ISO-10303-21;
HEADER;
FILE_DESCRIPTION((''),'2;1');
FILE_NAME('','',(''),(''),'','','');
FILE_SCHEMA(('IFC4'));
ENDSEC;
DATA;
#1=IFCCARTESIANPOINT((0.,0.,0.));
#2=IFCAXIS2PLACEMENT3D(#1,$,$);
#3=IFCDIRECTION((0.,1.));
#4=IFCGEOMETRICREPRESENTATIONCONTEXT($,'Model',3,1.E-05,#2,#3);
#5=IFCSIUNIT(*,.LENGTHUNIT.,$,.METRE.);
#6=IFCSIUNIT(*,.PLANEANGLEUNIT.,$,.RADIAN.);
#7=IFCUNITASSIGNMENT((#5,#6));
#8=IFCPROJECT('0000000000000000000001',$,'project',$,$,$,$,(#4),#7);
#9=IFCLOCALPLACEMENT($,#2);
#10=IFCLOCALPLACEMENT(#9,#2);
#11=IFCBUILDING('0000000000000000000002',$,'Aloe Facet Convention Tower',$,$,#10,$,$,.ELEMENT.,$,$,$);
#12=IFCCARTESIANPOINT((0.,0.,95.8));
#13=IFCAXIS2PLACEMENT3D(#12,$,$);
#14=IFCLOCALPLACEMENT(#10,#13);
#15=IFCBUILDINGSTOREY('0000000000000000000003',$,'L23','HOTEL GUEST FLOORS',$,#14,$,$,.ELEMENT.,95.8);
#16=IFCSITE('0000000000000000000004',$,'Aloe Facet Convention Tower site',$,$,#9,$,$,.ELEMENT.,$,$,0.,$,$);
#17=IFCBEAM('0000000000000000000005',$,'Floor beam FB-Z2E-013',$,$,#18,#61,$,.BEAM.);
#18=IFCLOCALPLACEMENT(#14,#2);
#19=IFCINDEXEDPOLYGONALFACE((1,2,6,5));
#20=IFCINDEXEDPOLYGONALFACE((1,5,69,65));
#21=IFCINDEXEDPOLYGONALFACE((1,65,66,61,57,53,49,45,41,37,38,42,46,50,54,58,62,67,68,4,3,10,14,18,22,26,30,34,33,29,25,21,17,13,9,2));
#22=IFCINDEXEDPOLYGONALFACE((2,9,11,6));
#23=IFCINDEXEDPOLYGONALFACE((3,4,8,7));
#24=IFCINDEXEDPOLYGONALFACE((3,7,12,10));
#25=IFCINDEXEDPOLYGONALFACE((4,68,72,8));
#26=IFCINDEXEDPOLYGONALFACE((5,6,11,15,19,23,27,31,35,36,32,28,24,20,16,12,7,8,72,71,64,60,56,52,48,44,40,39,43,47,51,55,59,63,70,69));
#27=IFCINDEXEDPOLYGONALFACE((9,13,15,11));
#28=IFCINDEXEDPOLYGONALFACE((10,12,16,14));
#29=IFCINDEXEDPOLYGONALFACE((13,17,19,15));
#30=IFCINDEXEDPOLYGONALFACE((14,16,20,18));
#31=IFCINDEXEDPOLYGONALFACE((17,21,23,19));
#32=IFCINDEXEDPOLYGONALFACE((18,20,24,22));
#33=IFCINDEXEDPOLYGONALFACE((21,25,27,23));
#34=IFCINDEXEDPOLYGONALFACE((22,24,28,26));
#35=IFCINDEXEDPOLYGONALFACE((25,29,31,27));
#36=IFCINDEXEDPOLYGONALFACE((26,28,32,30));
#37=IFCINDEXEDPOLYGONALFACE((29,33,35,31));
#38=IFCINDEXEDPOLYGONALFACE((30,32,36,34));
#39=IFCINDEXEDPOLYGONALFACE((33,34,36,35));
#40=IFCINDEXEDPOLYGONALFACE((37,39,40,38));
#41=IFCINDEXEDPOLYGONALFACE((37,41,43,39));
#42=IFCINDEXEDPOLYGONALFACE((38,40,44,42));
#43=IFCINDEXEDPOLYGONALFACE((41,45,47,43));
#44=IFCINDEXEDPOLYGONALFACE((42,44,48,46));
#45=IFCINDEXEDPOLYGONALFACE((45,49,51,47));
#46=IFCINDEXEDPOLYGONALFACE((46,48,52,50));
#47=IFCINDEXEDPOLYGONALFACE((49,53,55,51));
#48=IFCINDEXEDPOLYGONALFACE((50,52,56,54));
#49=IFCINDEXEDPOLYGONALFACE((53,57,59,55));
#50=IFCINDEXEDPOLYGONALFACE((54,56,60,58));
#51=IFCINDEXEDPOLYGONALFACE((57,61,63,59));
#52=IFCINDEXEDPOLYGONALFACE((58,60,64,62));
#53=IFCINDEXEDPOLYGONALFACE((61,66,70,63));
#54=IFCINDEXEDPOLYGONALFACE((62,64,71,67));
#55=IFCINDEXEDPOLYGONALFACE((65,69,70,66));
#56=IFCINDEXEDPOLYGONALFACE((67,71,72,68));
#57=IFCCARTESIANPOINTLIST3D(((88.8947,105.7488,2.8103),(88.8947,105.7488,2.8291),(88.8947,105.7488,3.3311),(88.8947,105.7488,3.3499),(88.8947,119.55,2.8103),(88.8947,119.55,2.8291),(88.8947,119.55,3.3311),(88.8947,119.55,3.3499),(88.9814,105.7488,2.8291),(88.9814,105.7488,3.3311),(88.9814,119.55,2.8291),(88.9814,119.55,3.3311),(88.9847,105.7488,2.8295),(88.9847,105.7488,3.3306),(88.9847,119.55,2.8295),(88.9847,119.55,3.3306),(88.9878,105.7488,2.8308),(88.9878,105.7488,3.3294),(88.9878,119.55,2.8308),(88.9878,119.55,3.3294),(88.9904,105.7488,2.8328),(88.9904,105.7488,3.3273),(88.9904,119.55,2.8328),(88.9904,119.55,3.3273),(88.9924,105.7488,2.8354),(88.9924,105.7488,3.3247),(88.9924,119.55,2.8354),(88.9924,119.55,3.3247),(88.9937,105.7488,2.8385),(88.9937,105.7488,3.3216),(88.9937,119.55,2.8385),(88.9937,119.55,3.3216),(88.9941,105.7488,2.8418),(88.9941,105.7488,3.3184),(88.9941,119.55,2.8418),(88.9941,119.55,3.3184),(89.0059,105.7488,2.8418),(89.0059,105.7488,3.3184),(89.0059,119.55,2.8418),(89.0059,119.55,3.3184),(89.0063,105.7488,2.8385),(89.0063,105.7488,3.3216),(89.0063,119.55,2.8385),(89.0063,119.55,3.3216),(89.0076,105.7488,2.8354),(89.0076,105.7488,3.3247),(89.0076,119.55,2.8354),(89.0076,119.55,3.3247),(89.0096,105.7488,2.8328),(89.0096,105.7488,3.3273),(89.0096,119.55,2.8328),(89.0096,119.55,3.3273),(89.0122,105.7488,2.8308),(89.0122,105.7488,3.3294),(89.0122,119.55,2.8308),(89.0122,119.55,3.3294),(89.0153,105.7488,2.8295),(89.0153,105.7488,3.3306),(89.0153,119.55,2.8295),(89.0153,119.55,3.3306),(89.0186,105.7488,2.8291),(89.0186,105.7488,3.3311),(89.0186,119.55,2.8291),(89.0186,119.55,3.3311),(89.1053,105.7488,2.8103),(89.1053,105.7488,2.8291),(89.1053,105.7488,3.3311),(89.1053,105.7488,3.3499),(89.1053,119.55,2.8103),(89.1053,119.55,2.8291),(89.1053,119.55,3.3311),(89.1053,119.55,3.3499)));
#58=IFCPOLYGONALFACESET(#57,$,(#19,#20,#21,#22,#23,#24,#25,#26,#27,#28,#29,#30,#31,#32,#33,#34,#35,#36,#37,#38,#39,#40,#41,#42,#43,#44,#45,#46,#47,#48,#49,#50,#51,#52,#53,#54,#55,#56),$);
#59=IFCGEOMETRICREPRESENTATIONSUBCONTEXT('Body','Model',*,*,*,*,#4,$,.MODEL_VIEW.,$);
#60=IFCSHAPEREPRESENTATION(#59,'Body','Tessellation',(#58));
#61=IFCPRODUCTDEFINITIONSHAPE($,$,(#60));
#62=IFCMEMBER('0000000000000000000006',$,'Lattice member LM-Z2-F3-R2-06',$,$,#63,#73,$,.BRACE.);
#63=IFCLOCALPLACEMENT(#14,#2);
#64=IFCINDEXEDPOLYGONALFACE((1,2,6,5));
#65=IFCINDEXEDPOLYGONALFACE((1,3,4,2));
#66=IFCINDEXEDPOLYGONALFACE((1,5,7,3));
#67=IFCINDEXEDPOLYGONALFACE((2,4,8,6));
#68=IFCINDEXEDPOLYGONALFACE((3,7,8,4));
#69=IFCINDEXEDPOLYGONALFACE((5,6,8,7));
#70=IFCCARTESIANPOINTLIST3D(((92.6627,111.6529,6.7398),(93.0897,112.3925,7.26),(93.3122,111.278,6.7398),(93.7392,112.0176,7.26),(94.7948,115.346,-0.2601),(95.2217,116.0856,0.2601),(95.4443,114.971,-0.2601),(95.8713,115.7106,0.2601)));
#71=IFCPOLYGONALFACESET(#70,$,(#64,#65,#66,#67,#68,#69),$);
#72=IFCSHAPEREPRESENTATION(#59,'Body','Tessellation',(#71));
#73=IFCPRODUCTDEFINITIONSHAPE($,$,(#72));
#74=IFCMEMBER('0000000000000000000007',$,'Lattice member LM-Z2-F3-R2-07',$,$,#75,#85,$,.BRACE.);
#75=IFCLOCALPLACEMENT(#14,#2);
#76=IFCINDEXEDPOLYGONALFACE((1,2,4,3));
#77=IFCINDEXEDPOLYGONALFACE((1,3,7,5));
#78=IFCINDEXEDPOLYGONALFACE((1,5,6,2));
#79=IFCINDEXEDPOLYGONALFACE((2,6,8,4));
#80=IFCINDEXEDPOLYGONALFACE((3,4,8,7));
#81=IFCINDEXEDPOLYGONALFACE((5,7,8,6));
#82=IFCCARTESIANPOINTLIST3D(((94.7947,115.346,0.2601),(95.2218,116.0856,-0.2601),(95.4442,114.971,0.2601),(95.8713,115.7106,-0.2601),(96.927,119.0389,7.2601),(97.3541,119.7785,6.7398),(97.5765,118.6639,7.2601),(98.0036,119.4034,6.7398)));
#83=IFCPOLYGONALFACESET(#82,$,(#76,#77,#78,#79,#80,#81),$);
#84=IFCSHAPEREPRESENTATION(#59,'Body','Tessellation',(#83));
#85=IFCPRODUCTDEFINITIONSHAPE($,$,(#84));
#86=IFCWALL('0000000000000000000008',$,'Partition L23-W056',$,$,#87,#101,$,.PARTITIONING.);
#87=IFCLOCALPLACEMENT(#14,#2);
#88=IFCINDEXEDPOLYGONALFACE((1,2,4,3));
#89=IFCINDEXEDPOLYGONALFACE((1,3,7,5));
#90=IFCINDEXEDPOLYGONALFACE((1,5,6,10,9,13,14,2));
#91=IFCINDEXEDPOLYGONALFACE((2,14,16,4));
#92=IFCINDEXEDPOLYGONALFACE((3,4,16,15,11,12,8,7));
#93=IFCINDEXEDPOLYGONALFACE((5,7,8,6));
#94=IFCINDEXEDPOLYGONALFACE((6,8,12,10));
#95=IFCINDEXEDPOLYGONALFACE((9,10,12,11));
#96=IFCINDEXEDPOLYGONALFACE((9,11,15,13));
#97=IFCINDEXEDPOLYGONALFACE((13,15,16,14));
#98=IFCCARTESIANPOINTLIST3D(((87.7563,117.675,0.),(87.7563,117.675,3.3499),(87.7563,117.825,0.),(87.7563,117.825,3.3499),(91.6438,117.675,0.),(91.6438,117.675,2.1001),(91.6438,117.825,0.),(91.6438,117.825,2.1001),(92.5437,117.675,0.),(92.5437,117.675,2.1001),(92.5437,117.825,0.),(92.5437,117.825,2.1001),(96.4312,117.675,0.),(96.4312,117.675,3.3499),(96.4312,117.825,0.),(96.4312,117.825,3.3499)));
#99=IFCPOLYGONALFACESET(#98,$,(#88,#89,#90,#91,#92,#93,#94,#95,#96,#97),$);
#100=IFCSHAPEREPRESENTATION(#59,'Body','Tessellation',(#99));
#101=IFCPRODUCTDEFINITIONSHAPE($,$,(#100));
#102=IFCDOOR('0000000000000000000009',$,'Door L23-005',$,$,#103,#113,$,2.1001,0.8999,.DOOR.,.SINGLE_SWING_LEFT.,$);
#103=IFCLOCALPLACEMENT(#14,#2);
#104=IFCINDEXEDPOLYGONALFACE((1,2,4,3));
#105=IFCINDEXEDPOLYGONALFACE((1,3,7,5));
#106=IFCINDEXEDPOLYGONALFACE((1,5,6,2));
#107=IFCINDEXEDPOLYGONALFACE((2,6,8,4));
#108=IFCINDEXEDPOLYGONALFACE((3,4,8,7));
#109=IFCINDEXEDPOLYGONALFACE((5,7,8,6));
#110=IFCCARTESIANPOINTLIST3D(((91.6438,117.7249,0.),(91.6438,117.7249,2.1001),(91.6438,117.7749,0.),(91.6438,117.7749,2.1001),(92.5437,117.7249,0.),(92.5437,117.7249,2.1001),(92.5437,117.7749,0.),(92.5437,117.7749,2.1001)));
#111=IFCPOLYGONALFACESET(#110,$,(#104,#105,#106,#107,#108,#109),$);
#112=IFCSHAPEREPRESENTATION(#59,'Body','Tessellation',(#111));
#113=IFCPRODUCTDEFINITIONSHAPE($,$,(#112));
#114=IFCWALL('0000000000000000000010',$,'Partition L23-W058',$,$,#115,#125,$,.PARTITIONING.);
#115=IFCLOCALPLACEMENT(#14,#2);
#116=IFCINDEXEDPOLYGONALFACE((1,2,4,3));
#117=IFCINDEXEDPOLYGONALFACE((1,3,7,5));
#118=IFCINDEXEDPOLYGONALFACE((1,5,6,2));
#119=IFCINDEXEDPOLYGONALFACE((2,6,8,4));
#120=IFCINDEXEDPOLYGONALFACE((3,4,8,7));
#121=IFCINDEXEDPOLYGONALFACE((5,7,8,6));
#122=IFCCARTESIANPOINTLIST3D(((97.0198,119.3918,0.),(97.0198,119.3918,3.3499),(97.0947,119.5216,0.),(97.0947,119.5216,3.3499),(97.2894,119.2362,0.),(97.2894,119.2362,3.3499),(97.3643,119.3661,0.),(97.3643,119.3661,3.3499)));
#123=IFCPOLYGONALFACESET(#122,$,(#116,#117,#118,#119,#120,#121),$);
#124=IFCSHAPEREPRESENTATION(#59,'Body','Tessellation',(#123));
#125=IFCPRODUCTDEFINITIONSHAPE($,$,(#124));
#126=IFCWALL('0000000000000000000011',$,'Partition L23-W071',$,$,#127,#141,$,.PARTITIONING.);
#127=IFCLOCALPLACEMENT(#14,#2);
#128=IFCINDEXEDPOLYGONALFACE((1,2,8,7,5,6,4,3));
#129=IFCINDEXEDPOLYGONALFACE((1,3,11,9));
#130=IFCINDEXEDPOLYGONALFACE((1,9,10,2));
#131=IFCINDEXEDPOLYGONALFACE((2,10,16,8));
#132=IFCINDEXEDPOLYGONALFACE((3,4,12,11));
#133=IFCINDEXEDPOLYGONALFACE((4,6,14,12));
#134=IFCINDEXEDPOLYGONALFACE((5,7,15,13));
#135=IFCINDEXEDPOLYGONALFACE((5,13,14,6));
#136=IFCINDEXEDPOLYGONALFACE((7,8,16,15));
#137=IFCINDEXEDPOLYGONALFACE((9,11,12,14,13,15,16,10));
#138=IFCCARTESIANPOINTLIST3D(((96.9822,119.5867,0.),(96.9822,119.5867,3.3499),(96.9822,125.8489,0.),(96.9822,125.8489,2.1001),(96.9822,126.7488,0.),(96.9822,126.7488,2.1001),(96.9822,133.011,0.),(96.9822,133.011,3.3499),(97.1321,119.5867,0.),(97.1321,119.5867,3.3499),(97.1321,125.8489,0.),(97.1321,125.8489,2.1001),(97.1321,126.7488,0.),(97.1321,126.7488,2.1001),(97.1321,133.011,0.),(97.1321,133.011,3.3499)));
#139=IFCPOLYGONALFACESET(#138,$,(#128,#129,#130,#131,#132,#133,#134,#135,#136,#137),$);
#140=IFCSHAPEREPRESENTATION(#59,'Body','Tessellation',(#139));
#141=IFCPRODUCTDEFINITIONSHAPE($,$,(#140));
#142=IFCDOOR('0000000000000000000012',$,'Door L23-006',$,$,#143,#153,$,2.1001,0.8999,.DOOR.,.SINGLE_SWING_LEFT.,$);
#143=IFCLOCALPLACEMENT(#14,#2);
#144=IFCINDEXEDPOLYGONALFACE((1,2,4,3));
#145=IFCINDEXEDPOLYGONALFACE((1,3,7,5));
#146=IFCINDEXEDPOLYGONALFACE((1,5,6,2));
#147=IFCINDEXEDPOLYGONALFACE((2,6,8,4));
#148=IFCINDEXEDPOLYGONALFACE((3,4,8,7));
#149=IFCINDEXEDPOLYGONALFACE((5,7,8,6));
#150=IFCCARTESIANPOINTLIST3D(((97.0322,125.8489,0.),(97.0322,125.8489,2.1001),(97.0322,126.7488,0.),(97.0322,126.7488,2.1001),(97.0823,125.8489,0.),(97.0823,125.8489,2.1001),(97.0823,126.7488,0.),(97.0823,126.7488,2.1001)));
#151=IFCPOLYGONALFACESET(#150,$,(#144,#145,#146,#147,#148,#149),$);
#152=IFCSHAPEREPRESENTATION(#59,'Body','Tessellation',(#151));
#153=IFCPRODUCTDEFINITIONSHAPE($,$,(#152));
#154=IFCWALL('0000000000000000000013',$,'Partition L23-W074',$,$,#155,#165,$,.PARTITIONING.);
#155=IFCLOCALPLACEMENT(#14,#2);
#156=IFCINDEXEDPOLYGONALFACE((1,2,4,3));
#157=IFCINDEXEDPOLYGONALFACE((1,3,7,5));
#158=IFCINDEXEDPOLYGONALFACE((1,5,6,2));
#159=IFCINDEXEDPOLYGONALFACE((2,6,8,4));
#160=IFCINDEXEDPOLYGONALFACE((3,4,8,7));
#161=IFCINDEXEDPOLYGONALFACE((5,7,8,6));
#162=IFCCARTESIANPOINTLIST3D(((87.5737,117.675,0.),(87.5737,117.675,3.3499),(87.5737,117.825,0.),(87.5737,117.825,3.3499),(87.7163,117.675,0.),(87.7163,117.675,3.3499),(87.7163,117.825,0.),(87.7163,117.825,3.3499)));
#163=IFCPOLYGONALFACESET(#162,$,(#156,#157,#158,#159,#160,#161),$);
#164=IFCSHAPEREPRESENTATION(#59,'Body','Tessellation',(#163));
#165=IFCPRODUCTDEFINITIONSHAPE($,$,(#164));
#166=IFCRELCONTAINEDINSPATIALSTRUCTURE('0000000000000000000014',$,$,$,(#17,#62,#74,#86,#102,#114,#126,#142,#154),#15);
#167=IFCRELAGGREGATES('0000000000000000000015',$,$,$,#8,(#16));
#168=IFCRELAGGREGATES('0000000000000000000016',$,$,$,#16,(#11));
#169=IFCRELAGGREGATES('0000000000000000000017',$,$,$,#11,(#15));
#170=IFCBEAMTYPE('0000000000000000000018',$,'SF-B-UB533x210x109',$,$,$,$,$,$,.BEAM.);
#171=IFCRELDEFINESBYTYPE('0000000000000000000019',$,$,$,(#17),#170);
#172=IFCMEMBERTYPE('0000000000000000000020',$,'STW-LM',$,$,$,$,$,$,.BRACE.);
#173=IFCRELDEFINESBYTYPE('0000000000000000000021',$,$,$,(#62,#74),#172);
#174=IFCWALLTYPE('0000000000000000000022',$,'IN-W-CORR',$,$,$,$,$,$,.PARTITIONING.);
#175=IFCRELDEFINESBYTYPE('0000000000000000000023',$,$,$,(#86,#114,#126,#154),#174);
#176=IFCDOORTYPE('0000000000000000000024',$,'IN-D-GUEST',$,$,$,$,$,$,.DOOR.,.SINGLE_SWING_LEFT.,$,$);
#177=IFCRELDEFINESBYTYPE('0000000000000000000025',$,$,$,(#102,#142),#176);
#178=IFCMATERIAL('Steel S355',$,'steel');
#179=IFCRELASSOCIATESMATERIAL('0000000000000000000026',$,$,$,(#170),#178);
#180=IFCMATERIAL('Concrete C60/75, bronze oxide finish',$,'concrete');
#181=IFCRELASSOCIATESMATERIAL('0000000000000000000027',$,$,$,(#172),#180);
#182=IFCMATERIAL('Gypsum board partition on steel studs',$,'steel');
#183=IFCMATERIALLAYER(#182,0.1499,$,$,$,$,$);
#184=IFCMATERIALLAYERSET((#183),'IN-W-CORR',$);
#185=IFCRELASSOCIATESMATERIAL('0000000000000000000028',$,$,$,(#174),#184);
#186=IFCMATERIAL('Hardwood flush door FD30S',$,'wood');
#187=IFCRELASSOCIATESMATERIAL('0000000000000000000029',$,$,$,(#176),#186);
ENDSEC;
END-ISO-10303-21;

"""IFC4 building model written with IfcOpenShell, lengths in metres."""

from ifc_helpers import new_model, si_unit, direction, frame, frame_2d, origin, origin_2d, place, context, subcontext, project, spatial, rectangle, i_section, extrude, material, layer, layer_set, material_profile, profile_set, type_object, element, fill, save


model = new_model("IFC4")

# Units and contexts
model_context = context("Model", 3, precision=1e-05, world=origin(), true_north=direction((0.0, 1.0)))
body_context = subcontext(model_context, "Body", "Model", "MODEL_VIEW")
ifc_project = project(units=[si_unit("LENGTHUNIT", "METRE"), si_unit("PLANEANGLEUNIT", "RADIAN")], contexts=[model_context])

# Site, building, storey
site_placement = place(None, origin())
site = spatial("IfcSite", under=ifc_project, at=site_placement, Name="Aloe Facet Convention Tower site", CompositionType="ELEMENT", RefElevation=0.0)
building_placement = place(site_placement, origin())
building = spatial("IfcBuilding", under=site, at=building_placement, Name="Aloe Facet Convention Tower", CompositionType="ELEMENT")
storey_placement = place(building_placement, frame((0.0, 0.0, 95.8)))
storey = spatial("IfcBuildingStorey", under=building, at=storey_placement, Name="L23", Description="HOTEL GUEST FLOORS", CompositionType="ELEMENT", Elevation=95.8)

# Beam
ifc_material_1 = material(Name="Steel S355", Category="steel")
ifc_material_profile_1 = material_profile(ifc_material_1, i_section(OverallWidth=0.2107, OverallDepth=0.5396, WebThickness=0.0117, FlangeThickness=0.0188, FilletRadius=0.0127, at=origin_2d()), Name="UB 533x210x109")
ifc_profile_set_1 = profile_set([ifc_material_profile_1], Name="Steel S355")
beam_type_1 = type_object("IfcBeamType", Name="SF-B-UB533x210x109", PredefinedType="BEAM", material=ifc_profile_set_1)
beam_1_placement = place(storey_placement, frame((89.0, 119.55, 3.0801), z_axis=(0.0, -1.0, 0.0), x_axis=(1.0, 0.0, 0.0)))
element("IfcBeam", 1, at=beam_1_placement, inside=storey, type_object=beam_type_1, Name="Floor beam FB-Z2E-013", PredefinedType="BEAM", context=body_context, shape_type="SweptSolid", body=[
    extrude(i_section(OverallWidth=0.2107, OverallDepth=0.5396, WebThickness=0.0117, FlangeThickness=0.0188, FilletRadius=0.0127, at=origin_2d()), origin(), (0.0, 0.0, 1.0), 13.8013),
])

# Members
ifc_material_2 = material(Name="Concrete C60/75, bronze oxide finish", Category="concrete")
ifc_material_profile_2 = material_profile(ifc_material_2, rectangle(XDim=0.75, YDim=1.0, at=origin_2d()), Name="STW-LM")
ifc_profile_set_2 = profile_set([ifc_material_profile_2], Name="Concrete C60/75, bronze oxide finish")
member_type = type_object("IfcMemberType", Name="STW-LM", PredefinedType="BRACE", material=ifc_profile_set_2)
for number, where, z_axis, x_axis, name in (
    (2, (95.333, 115.5283, 0.0), (-0.260116, -0.450565, 0.854009), (0.86604, -0.499975, 0.0), "Lattice member LM-Z2-F3-R2-06"),
    (3, (95.333, 115.5283, 0.0), (0.260148, 0.450537, 0.854014), (-0.866001, 0.500043, 0.0), "Lattice member LM-Z2-F3-R2-07"),
):
    element("IfcMember", number, at=place(storey_placement, frame(where, z_axis=z_axis, x_axis=x_axis)), inside=storey, type_object=member_type, Name=name, PredefinedType="BRACE", context=body_context, shape_type="SweptSolid", body=[
        extrude(rectangle(XDim=0.75, YDim=1.0, at=origin_2d()), origin(), (0.0, 0.0, 1.0), 8.1965),
    ])

# Wall, opening, door
ifc_material_3 = material(Name="Gypsum board partition on steel studs", Category="steel")
ifc_layer_1 = layer(ifc_material_3, 0.1499)
ifc_layer_set_1 = layer_set([ifc_layer_1], Name="IN-W-CORR")
wall_type_1 = type_object("IfcWallType", Name="IN-W-CORR", PredefinedType="PARTITIONING", material=ifc_layer_set_1)
wall_1_placement = place(storey_placement, frame((87.7563, 117.75, 0.0), z_axis=(0.0, 0.0, 1.0), x_axis=(1.0, 0.0, 0.0)))
wall_1 = element("IfcWall", 4, at=wall_1_placement, inside=storey, type_object=wall_type_1, Name="Partition L23-W056", PredefinedType="PARTITIONING", context=body_context, shape_type="SweptSolid", body=[
    extrude(rectangle(XDim=8.6748, YDim=0.1499, at=frame_2d((4.3374, 0.0))), origin(), (0.0, 0.0, 1.0), 3.3499),
])
opening_1_placement = place(wall_1_placement, frame((3.8875, 0.0, 0.0)))
opening_1 = element("IfcOpeningElement", 5, at=opening_1_placement, cuts=wall_1, PredefinedType="OPENING", context=body_context, shape_type="SweptSolid", body=[
    extrude(rectangle(XDim=0.8999, YDim=2.1001, at=frame_2d((0.45, 1.05))), frame((0.0, 0.085, 0.0), z_axis=(0.0, -1.0, 0.0), x_axis=(1.0, 0.0, 0.0)), (0.0, 0.0, 1.0), 0.1699),
])
ifc_material_4 = material(Name="Hardwood flush door FD30S", Category="wood")
door_type_1 = type_object("IfcDoorType", Name="IN-D-GUEST", OperationType="SINGLE_SWING_LEFT", PredefinedType="DOOR", material=ifc_material_4)
door_1_placement = place(opening_1_placement, origin())
door_1 = element("IfcDoor", 6, at=door_1_placement, inside=storey, type_object=door_type_1, Name="Door L23-005", OperationType="SINGLE_SWING_LEFT", OverallHeight=2.1001, OverallWidth=0.8999, PredefinedType="DOOR", context=body_context, shape_type="SweptSolid", body=[
    extrude(rectangle(XDim=0.8999, YDim=2.1001, at=frame_2d((0.45, 1.05))), frame((0.0, 0.0249, 0.0), z_axis=(0.0, -1.0, 0.0), x_axis=(1.0, 0.0, 0.0)), (0.0, 0.0, 1.0), 0.05),
])
fill(opening_1, door_1)

# Wall
wall_2_placement = place(storey_placement, frame((97.0571, 119.4568, 0.0), z_axis=(0.0, 0.0, 1.0), x_axis=(0.866159, -0.499768, 0.0)))
element("IfcWall", 7, at=wall_2_placement, inside=storey, type_object=wall_type_1, Name="Partition L23-W058", PredefinedType="PARTITIONING", context=body_context, shape_type="SweptSolid", body=[
    extrude(rectangle(XDim=0.3113, YDim=0.1499, at=frame_2d((0.1558, 0.0))), origin(), (0.0, 0.0, 1.0), 3.3499),
])

# Wall, opening, door
wall_3_placement = place(storey_placement, frame((97.0571, 119.5867, 0.0), z_axis=(0.0, 0.0, 1.0), x_axis=(0.0, 1.0, 0.0)))
wall_3 = element("IfcWall", 8, at=wall_3_placement, inside=storey, type_object=wall_type_1, Name="Partition L23-W071", PredefinedType="PARTITIONING", context=body_context, shape_type="SweptSolid", body=[
    extrude(rectangle(XDim=13.4243, YDim=0.1499, at=frame_2d((6.7122, 0.0))), origin(), (0.0, 0.0, 1.0), 3.3499),
])
opening_2_placement = place(wall_3_placement, frame((6.2622, 0.0, 0.0)))
opening_2 = element("IfcOpeningElement", 9, at=opening_2_placement, cuts=wall_3, PredefinedType="OPENING", context=body_context, shape_type="SweptSolid", body=[
    extrude(rectangle(XDim=0.8999, YDim=2.1001, at=frame_2d((0.45, 1.05))), frame((0.0, 0.085, 0.0), z_axis=(0.0, -1.0, 0.0), x_axis=(1.0, 0.0, 0.0)), (0.0, 0.0, 1.0), 0.1699),
])
door_2_placement = place(opening_2_placement, origin())
door_2 = element("IfcDoor", 10, at=door_2_placement, inside=storey, type_object=door_type_1, Name="Door L23-006", OperationType="SINGLE_SWING_LEFT", OverallHeight=2.1001, OverallWidth=0.8999, PredefinedType="DOOR", context=body_context, shape_type="SweptSolid", body=[
    extrude(rectangle(XDim=0.8999, YDim=2.1001, at=frame_2d((0.45, 1.05))), frame((0.0, 0.0249, 0.0), z_axis=(0.0, -1.0, 0.0), x_axis=(1.0, 0.0, 0.0)), (0.0, 0.0, 1.0), 0.05),
])
fill(opening_2, door_2)

# Wall
wall_4_placement = place(storey_placement, frame((87.5737, 117.75, 0.0), z_axis=(0.0, 0.0, 1.0), x_axis=(1.0, 0.0, 0.0)))
element("IfcWall", 11, at=wall_4_placement, inside=storey, type_object=wall_type_1, Name="Partition L23-W074", PredefinedType="PARTITIONING", context=body_context, shape_type="SweptSolid", body=[
    extrude(rectangle(XDim=0.1426, YDim=0.1499, at=frame_2d((0.0713, 0.0))), origin(), (0.0, 0.0, 1.0), 3.3499),
])

save(model, "model.ifc")
